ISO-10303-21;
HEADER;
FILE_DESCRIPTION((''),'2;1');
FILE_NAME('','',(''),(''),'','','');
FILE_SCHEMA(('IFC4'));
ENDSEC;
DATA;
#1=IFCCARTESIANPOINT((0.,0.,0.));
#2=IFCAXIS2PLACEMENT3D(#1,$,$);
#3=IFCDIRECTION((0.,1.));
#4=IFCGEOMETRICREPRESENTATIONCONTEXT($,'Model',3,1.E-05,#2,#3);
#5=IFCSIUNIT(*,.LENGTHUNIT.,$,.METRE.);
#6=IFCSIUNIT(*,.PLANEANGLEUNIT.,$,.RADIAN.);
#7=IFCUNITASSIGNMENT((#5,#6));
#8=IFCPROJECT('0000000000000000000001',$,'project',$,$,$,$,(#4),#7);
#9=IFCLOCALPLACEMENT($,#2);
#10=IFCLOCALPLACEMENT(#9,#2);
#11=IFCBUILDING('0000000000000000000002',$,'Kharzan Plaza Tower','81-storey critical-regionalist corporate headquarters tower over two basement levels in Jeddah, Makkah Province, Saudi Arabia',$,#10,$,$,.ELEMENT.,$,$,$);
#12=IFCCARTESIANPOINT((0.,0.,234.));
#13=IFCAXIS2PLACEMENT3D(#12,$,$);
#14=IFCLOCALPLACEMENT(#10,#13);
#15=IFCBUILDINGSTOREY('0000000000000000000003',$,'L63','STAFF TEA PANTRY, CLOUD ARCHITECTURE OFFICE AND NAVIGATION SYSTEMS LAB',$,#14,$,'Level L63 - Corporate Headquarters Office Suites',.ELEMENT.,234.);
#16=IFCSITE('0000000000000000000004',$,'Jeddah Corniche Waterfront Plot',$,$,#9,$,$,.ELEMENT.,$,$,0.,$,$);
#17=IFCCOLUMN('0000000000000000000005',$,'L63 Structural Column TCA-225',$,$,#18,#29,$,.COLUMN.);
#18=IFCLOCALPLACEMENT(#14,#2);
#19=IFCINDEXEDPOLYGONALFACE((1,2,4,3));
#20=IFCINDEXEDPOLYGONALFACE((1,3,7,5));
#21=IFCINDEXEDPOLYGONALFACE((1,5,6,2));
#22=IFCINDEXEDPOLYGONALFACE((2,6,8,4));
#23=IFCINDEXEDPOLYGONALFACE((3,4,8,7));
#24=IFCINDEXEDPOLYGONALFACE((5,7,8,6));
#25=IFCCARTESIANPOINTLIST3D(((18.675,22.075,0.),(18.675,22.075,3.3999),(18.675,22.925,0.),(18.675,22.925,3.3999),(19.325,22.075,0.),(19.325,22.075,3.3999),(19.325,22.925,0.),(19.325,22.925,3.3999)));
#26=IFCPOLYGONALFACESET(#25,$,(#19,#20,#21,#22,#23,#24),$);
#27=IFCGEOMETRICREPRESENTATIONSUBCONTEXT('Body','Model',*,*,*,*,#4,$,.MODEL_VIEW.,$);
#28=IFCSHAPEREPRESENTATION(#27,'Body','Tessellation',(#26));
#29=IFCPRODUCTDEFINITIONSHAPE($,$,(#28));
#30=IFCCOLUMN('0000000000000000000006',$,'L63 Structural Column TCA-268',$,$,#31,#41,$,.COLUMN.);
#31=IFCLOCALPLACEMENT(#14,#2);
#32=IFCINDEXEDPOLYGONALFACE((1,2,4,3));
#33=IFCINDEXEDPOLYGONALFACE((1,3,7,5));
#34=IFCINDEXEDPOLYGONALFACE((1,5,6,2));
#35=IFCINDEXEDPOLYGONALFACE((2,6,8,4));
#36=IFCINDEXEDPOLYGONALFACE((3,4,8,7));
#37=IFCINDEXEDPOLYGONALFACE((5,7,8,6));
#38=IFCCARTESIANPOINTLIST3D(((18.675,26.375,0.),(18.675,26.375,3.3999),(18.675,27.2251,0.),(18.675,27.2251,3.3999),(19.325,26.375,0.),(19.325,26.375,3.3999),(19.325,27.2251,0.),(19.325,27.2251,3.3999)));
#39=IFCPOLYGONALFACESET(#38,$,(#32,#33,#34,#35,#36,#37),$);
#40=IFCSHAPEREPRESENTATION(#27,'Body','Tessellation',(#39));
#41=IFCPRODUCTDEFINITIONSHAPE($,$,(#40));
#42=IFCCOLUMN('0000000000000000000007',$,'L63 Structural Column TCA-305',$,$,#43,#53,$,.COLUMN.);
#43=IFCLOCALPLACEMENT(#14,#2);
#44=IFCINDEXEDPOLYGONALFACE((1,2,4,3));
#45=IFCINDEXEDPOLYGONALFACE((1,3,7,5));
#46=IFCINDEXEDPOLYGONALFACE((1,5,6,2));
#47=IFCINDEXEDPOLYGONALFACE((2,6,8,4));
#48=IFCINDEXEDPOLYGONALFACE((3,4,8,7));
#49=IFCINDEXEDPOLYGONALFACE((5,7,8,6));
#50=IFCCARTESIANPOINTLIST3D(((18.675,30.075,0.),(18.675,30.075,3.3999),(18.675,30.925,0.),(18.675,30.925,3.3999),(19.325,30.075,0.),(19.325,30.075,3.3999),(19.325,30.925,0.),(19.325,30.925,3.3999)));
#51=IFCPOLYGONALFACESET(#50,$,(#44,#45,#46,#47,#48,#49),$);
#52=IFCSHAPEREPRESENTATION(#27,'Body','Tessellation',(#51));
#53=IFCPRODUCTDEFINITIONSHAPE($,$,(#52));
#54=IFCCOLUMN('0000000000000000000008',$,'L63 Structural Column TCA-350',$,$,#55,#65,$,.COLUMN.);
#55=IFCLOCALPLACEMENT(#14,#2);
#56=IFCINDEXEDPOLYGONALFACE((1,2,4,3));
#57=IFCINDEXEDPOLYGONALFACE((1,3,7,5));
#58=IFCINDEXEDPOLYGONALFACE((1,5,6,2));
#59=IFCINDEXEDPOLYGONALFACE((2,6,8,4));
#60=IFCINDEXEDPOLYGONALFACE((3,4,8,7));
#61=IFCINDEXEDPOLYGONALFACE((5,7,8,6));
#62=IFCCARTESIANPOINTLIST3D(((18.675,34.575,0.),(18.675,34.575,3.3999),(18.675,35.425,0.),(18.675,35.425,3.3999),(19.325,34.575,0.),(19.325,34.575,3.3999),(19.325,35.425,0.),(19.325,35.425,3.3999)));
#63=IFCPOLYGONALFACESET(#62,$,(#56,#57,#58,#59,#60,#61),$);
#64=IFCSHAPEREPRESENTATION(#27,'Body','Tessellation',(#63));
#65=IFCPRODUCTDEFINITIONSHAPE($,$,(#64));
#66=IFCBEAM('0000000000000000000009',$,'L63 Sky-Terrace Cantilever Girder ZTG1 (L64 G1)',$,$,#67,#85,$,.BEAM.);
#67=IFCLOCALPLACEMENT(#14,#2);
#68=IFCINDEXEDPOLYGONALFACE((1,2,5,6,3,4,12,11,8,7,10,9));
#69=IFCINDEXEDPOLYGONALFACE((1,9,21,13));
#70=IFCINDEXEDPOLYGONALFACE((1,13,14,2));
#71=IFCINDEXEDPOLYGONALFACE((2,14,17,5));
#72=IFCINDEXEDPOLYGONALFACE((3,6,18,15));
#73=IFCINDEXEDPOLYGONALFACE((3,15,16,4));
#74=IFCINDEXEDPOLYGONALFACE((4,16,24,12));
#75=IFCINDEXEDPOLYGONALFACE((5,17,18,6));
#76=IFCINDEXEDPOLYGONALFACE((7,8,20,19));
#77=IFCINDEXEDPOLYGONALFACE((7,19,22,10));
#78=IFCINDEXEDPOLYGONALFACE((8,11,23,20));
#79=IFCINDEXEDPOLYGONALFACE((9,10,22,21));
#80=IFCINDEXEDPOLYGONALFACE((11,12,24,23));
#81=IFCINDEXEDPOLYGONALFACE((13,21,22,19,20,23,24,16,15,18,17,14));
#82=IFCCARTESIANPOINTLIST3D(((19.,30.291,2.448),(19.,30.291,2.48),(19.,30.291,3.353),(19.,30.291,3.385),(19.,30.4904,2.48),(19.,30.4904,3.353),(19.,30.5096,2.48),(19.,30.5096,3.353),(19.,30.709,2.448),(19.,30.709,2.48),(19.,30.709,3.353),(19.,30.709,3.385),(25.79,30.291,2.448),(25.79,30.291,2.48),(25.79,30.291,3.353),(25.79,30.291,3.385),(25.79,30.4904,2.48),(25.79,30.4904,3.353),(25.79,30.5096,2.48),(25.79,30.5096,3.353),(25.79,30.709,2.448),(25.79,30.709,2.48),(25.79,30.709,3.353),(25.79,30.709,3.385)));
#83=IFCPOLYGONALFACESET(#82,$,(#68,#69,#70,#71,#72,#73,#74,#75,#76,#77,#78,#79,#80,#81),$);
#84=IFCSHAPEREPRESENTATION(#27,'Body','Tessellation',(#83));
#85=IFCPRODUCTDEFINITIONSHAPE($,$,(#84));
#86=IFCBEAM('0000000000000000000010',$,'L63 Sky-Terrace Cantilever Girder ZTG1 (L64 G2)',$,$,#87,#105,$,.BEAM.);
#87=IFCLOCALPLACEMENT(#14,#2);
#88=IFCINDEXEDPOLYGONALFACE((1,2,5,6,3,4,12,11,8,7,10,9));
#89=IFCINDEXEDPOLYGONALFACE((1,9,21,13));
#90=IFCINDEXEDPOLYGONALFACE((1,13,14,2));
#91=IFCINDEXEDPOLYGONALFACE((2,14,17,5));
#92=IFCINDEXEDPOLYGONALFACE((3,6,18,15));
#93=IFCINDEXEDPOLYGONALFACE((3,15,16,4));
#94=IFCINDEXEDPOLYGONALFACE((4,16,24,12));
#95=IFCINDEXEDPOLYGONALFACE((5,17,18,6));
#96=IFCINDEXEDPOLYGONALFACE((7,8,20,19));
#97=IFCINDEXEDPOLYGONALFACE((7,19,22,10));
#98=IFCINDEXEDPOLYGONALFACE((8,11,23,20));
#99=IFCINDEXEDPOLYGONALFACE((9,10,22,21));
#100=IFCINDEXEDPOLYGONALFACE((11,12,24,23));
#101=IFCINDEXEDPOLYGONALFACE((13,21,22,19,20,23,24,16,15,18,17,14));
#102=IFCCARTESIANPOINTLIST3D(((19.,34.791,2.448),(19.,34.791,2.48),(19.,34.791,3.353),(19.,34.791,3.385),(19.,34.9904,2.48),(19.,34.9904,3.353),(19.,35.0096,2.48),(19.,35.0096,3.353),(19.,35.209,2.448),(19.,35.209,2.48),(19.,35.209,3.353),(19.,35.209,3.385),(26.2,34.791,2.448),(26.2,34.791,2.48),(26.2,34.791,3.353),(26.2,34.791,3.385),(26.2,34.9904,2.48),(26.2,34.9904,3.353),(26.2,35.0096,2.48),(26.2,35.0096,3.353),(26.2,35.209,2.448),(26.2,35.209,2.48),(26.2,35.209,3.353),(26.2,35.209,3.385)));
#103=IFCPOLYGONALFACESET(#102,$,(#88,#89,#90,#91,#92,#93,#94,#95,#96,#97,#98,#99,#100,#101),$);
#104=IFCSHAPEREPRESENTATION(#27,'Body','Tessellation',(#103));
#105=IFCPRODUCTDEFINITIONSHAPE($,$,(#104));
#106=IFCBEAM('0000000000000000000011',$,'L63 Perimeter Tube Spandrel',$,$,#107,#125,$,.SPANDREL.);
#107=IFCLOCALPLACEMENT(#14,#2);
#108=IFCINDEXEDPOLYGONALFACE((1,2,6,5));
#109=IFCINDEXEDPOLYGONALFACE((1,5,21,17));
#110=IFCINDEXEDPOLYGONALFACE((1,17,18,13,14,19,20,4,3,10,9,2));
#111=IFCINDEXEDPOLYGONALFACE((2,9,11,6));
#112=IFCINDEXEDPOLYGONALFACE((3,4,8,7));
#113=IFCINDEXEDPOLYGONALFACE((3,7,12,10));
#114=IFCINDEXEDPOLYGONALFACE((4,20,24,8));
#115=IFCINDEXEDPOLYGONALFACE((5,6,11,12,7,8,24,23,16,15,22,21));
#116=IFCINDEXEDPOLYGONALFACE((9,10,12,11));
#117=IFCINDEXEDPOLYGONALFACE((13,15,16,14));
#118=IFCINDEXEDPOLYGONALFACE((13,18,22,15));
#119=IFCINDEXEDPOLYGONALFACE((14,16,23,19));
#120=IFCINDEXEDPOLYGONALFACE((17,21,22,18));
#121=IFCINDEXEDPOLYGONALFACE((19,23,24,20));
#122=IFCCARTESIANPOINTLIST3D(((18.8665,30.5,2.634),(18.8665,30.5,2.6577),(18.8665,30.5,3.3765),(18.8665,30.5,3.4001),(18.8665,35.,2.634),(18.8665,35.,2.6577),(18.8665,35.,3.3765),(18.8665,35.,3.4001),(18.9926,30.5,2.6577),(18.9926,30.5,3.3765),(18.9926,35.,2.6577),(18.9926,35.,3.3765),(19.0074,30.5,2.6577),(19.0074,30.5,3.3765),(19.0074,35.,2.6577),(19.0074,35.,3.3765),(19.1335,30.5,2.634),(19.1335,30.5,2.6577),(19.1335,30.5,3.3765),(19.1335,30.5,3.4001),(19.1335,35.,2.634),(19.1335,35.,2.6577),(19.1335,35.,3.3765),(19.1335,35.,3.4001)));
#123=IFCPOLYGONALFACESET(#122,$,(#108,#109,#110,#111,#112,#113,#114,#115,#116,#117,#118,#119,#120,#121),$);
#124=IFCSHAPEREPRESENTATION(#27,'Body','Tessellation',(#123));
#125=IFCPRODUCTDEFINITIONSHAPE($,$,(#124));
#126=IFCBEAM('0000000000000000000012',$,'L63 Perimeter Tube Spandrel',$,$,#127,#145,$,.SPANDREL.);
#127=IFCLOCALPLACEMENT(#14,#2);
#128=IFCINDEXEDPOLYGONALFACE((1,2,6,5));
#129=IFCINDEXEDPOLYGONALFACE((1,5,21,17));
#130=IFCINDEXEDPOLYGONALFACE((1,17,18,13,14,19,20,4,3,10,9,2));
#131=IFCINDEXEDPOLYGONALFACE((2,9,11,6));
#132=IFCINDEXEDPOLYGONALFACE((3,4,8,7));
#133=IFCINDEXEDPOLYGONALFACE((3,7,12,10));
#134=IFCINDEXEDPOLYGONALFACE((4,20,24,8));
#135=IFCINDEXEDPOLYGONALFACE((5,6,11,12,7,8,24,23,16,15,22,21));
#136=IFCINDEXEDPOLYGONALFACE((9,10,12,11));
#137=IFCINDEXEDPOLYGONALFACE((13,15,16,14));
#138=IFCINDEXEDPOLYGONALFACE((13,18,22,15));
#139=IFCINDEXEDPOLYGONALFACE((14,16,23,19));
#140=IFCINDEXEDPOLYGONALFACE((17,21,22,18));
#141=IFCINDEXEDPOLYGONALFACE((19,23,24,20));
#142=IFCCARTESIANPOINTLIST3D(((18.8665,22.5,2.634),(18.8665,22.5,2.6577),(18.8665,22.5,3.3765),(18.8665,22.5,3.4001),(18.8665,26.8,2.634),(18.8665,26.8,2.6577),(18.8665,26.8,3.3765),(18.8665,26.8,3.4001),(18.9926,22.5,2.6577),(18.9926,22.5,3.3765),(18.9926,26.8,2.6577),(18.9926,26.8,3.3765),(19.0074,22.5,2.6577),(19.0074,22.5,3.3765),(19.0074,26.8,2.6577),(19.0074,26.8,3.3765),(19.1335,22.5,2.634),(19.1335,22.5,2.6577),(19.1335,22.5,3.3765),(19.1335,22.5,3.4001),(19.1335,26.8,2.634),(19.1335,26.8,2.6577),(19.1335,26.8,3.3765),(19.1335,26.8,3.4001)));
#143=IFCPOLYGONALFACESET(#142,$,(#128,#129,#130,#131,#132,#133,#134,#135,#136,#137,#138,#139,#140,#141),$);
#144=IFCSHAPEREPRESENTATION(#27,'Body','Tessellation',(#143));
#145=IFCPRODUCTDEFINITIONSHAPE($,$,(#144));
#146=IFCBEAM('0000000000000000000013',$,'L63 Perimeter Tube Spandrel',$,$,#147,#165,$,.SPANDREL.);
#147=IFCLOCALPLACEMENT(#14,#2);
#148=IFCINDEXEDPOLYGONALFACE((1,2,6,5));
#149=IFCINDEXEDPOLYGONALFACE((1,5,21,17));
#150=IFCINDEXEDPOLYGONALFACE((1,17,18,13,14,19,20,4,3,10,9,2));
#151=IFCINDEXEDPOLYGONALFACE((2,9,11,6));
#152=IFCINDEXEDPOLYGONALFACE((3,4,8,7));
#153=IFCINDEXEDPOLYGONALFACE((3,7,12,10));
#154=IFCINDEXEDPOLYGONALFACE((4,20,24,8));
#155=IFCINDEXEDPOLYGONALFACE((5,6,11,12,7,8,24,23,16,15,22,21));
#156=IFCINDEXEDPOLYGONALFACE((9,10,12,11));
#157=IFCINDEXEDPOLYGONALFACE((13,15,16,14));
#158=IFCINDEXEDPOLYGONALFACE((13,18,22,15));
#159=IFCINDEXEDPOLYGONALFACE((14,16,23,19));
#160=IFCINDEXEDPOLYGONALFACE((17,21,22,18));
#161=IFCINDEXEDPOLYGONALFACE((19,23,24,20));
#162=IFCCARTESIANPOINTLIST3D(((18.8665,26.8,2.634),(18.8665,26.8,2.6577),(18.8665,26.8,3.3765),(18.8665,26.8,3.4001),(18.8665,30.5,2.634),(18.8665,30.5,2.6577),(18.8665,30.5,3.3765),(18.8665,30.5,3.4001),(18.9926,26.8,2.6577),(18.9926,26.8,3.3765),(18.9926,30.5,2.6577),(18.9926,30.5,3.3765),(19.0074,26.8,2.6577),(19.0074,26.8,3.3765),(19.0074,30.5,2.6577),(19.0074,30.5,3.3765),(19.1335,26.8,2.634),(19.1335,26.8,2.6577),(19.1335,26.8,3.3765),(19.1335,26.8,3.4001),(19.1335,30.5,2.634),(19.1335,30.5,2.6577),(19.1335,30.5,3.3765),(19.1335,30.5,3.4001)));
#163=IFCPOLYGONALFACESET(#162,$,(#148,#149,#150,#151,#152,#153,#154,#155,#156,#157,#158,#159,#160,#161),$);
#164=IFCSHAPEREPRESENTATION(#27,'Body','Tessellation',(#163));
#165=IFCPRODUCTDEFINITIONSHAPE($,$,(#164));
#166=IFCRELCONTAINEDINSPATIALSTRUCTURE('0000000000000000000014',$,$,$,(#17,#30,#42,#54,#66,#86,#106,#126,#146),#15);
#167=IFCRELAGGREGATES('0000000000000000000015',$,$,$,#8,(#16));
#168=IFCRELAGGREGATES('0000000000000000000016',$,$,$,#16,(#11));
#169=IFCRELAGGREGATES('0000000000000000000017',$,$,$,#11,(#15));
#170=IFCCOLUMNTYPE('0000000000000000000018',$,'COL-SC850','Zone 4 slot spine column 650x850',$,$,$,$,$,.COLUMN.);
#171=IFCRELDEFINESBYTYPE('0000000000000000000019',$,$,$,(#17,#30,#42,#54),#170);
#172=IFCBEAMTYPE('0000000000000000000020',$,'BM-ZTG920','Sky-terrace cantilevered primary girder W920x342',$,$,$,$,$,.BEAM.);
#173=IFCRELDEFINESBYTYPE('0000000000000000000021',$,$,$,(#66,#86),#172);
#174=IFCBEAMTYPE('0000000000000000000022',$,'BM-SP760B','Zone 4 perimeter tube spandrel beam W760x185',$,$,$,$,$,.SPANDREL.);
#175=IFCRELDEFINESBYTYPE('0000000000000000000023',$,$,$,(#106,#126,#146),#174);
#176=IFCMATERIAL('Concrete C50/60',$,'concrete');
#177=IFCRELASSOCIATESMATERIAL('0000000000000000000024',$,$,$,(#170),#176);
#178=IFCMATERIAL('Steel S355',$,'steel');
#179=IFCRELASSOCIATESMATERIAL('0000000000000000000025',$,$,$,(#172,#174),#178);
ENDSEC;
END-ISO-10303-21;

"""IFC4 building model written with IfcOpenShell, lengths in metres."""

from ifc_helpers import new_model, si_unit, direction, frame, origin, origin_2d, place, context, subcontext, project, spatial, rectangle, i_section, extrude, source, transform, mapped, material, material_profile, profile_set, type_object, element, save


model = new_model("IFC4")

# Units and contexts
model_context = context("Model", 3, precision=1e-05, world=origin(), true_north=direction((0.0, 1.0)))
body_context = subcontext(model_context, "Body", "Model", "MODEL_VIEW")
ifc_project = project(units=[si_unit("LENGTHUNIT", "METRE"), si_unit("PLANEANGLEUNIT", "RADIAN")], contexts=[model_context])

# Site, building, storey
site_placement = place(None, origin())
site = spatial("IfcSite", under=ifc_project, at=site_placement, Name="Jeddah Corniche Waterfront Plot", CompositionType="ELEMENT", RefElevation=0.0)
building_placement = place(site_placement, origin())
building = spatial("IfcBuilding", under=site, at=building_placement, Name="Kharzan Plaza Tower", Description="81-storey critical-regionalist corporate headquarters tower over two basement levels in Jeddah, Makkah Province, Saudi Arabia", CompositionType="ELEMENT")
storey_placement = place(building_placement, frame((0.0, 0.0, 234.0)))
storey = spatial("IfcBuildingStorey", under=building, at=storey_placement, Name="L63", Description="STAFF TEA PANTRY, CLOUD ARCHITECTURE OFFICE AND NAVIGATION SYSTEMS LAB", LongName="Level L63 - Corporate Headquarters Office Suites", CompositionType="ELEMENT", Elevation=234.0)

# Columns
ifc_material_1 = material(Name="Concrete C50/60", Category="concrete")
ifc_material_profile_1 = material_profile(ifc_material_1, rectangle(XDim=0.6499, YDim=0.8501, at=origin_2d()), Name="RC-SC850x650")
ifc_profile_set_1 = profile_set([ifc_material_profile_1], Name="Concrete C50/60")
column_type = type_object("IfcColumnType", Name="COL-SC850", Description="Zone 4 slot spine column 650x850", PredefinedType="COLUMN", material=ifc_profile_set_1)
shared_shape_1 = source(origin(), body_context, "Body", "SweptSolid", [
    extrude(rectangle(XDim=0.6499, YDim=0.8501, at=origin_2d()), origin(), (0.0, 0.0, 1.0), 3.3999),
])
for number, where, z_axis, x_axis, name in (
    (1, (19.0, 22.5, 0.0), (0.0, 0.0, 1.0), (1.0, 0.0, 0.0), "L63 Structural Column TCA-225"),
    (2, (19.0, 26.8, 0.0), (0.0, 0.0, 1.0), (1.0, 0.0, 0.0), "L63 Structural Column TCA-268"),
    (3, (19.0, 30.5, 0.0), (0.0, 0.0, 1.0), (1.0, 0.0, 0.0), "L63 Structural Column TCA-305"),
    (4, (19.0, 35.0, 0.0), (0.0, 0.0, 1.0), (1.0, 0.0, 0.0), "L63 Structural Column TCA-350"),
):
    element("IfcColumn", number, at=place(storey_placement, frame(where, z_axis=z_axis, x_axis=x_axis)), inside=storey, type_object=column_type, Name=name, PredefinedType="COLUMN", context=body_context, shape_type="MappedRepresentation", body=[
        mapped(shared_shape_1, transform((0.0, 0.0, 0.0), x_axis=(1.0, 0.0, 0.0), y_axis=(0.0, 1.0, 0.0), z_axis=(0.0, 0.0, 1.0))),
    ])

# Beams
ifc_material_2 = material(Name="Steel S355", Category="steel")
ifc_material_profile_2 = material_profile(ifc_material_2, i_section(OverallWidth=0.418, OverallDepth=0.937, WebThickness=0.0193, FlangeThickness=0.032, at=origin_2d()), Name="W920x342")
ifc_profile_set_2 = profile_set([ifc_material_profile_2], Name="Steel S355")
beam_type_1 = type_object("IfcBeamType", Name="BM-ZTG920", Description="Sky-terrace cantilevered primary girder W920x342", PredefinedType="BEAM", material=ifc_profile_set_2)
shared_shape_2 = source(origin(), body_context, "Body", "SweptSolid", [
    extrude(i_section(OverallWidth=0.418, OverallDepth=0.937, WebThickness=0.0193, FlangeThickness=0.032, at=origin_2d()), origin(), (0.0, 0.0, 1.0), 6.79),
])
beam_1_placement = place(storey_placement, frame((19.0, 30.5, 2.9165), z_axis=(1.0, 0.0, 0.0), x_axis=(0.0, 1.0, 0.0)))
element("IfcBeam", 5, at=beam_1_placement, inside=storey, type_object=beam_type_1, Name="L63 Sky-Terrace Cantilever Girder ZTG1 (L64 G1)", PredefinedType="BEAM", context=body_context, shape_type="MappedRepresentation", body=[
    mapped(shared_shape_2, transform((0.0, 0.0, 0.0), x_axis=(1.0, 0.0, 0.0), y_axis=(0.0, 1.0, 0.0), z_axis=(0.0, 0.0, 1.0))),
])
shared_shape_3 = source(origin(), body_context, "Body", "SweptSolid", [
    extrude(i_section(OverallWidth=0.418, OverallDepth=0.937, WebThickness=0.0193, FlangeThickness=0.032, at=origin_2d()), origin(), (0.0, 0.0, 1.0), 7.2),
])
beam_2_placement = place(storey_placement, frame((19.0, 35.0, 2.9165), z_axis=(1.0, 0.0, 0.0), x_axis=(0.0, 1.0, 0.0)))
element("IfcBeam", 6, at=beam_2_placement, inside=storey, type_object=beam_type_1, Name="L63 Sky-Terrace Cantilever Girder ZTG1 (L64 G2)", PredefinedType="BEAM", context=body_context, shape_type="MappedRepresentation", body=[
    mapped(shared_shape_3, transform((0.0, 0.0, 0.0), x_axis=(1.0, 0.0, 0.0), y_axis=(0.0, 1.0, 0.0), z_axis=(0.0, 0.0, 1.0))),
])
ifc_material_profile_3 = material_profile(ifc_material_2, i_section(OverallWidth=0.2671, OverallDepth=0.7661, WebThickness=0.0149, FlangeThickness=0.0237, at=origin_2d()), Name="W760x185")
ifc_profile_set_3 = profile_set([ifc_material_profile_3], Name="Steel S355")
beam_type_2 = type_object("IfcBeamType", Name="BM-SP760B", Description="Zone 4 perimeter tube spandrel beam W760x185", PredefinedType="SPANDREL", material=ifc_profile_set_3)
shared_shape_4 = source(origin(), body_context, "Body", "SweptSolid", [
    extrude(i_section(OverallWidth=0.2671, OverallDepth=0.7661, WebThickness=0.0149, FlangeThickness=0.0237, at=origin_2d()), origin(), (0.0, 0.0, 1.0), 4.5),
])
beam_3_placement = place(storey_placement, frame((19.0, 30.5, 3.0171), z_axis=(0.0, 1.0, 0.0), x_axis=(-1.0, 0.0, 0.0)))
element("IfcBeam", 7, at=beam_3_placement, inside=storey, type_object=beam_type_2, Name="L63 Perimeter Tube Spandrel", PredefinedType="SPANDREL", context=body_context, shape_type="MappedRepresentation", body=[
    mapped(shared_shape_4, transform((0.0, 0.0, 0.0), x_axis=(1.0, 0.0, 0.0), y_axis=(0.0, 1.0, 0.0), z_axis=(0.0, 0.0, 1.0))),
])
shared_shape_5 = source(origin(), body_context, "Body", "SweptSolid", [
    extrude(i_section(OverallWidth=0.2671, OverallDepth=0.7661, WebThickness=0.0149, FlangeThickness=0.0237, at=origin_2d()), origin(), (0.0, 0.0, 1.0), 4.3),
])
beam_4_placement = place(storey_placement, frame((19.0, 22.5, 3.0171), z_axis=(0.0, 1.0, 0.0), x_axis=(-1.0, 0.0, 0.0)))
element("IfcBeam", 8, at=beam_4_placement, inside=storey, type_object=beam_type_2, Name="L63 Perimeter Tube Spandrel", PredefinedType="SPANDREL", context=body_context, shape_type="MappedRepresentation", body=[
    mapped(shared_shape_5, transform((0.0, 0.0, 0.0), x_axis=(1.0, 0.0, 0.0), y_axis=(0.0, 1.0, 0.0), z_axis=(0.0, 0.0, 1.0))),
])
shared_shape_6 = source(origin(), body_context, "Body", "SweptSolid", [
    extrude(i_section(OverallWidth=0.2671, OverallDepth=0.7661, WebThickness=0.0149, FlangeThickness=0.0237, at=origin_2d()), origin(), (0.0, 0.0, 1.0), 3.7),
])
beam_5_placement = place(storey_placement, frame((19.0, 26.8, 3.0171), z_axis=(0.0, 1.0, 0.0), x_axis=(-1.0, 0.0, 0.0)))
element("IfcBeam", 9, at=beam_5_placement, inside=storey, type_object=beam_type_2, Name="L63 Perimeter Tube Spandrel", PredefinedType="SPANDREL", context=body_context, shape_type="MappedRepresentation", body=[
    mapped(shared_shape_6, transform((0.0, 0.0, 0.0), x_axis=(1.0, 0.0, 0.0), y_axis=(0.0, 1.0, 0.0), z_axis=(0.0, 0.0, 1.0))),
])

save(model, "model.ifc")
